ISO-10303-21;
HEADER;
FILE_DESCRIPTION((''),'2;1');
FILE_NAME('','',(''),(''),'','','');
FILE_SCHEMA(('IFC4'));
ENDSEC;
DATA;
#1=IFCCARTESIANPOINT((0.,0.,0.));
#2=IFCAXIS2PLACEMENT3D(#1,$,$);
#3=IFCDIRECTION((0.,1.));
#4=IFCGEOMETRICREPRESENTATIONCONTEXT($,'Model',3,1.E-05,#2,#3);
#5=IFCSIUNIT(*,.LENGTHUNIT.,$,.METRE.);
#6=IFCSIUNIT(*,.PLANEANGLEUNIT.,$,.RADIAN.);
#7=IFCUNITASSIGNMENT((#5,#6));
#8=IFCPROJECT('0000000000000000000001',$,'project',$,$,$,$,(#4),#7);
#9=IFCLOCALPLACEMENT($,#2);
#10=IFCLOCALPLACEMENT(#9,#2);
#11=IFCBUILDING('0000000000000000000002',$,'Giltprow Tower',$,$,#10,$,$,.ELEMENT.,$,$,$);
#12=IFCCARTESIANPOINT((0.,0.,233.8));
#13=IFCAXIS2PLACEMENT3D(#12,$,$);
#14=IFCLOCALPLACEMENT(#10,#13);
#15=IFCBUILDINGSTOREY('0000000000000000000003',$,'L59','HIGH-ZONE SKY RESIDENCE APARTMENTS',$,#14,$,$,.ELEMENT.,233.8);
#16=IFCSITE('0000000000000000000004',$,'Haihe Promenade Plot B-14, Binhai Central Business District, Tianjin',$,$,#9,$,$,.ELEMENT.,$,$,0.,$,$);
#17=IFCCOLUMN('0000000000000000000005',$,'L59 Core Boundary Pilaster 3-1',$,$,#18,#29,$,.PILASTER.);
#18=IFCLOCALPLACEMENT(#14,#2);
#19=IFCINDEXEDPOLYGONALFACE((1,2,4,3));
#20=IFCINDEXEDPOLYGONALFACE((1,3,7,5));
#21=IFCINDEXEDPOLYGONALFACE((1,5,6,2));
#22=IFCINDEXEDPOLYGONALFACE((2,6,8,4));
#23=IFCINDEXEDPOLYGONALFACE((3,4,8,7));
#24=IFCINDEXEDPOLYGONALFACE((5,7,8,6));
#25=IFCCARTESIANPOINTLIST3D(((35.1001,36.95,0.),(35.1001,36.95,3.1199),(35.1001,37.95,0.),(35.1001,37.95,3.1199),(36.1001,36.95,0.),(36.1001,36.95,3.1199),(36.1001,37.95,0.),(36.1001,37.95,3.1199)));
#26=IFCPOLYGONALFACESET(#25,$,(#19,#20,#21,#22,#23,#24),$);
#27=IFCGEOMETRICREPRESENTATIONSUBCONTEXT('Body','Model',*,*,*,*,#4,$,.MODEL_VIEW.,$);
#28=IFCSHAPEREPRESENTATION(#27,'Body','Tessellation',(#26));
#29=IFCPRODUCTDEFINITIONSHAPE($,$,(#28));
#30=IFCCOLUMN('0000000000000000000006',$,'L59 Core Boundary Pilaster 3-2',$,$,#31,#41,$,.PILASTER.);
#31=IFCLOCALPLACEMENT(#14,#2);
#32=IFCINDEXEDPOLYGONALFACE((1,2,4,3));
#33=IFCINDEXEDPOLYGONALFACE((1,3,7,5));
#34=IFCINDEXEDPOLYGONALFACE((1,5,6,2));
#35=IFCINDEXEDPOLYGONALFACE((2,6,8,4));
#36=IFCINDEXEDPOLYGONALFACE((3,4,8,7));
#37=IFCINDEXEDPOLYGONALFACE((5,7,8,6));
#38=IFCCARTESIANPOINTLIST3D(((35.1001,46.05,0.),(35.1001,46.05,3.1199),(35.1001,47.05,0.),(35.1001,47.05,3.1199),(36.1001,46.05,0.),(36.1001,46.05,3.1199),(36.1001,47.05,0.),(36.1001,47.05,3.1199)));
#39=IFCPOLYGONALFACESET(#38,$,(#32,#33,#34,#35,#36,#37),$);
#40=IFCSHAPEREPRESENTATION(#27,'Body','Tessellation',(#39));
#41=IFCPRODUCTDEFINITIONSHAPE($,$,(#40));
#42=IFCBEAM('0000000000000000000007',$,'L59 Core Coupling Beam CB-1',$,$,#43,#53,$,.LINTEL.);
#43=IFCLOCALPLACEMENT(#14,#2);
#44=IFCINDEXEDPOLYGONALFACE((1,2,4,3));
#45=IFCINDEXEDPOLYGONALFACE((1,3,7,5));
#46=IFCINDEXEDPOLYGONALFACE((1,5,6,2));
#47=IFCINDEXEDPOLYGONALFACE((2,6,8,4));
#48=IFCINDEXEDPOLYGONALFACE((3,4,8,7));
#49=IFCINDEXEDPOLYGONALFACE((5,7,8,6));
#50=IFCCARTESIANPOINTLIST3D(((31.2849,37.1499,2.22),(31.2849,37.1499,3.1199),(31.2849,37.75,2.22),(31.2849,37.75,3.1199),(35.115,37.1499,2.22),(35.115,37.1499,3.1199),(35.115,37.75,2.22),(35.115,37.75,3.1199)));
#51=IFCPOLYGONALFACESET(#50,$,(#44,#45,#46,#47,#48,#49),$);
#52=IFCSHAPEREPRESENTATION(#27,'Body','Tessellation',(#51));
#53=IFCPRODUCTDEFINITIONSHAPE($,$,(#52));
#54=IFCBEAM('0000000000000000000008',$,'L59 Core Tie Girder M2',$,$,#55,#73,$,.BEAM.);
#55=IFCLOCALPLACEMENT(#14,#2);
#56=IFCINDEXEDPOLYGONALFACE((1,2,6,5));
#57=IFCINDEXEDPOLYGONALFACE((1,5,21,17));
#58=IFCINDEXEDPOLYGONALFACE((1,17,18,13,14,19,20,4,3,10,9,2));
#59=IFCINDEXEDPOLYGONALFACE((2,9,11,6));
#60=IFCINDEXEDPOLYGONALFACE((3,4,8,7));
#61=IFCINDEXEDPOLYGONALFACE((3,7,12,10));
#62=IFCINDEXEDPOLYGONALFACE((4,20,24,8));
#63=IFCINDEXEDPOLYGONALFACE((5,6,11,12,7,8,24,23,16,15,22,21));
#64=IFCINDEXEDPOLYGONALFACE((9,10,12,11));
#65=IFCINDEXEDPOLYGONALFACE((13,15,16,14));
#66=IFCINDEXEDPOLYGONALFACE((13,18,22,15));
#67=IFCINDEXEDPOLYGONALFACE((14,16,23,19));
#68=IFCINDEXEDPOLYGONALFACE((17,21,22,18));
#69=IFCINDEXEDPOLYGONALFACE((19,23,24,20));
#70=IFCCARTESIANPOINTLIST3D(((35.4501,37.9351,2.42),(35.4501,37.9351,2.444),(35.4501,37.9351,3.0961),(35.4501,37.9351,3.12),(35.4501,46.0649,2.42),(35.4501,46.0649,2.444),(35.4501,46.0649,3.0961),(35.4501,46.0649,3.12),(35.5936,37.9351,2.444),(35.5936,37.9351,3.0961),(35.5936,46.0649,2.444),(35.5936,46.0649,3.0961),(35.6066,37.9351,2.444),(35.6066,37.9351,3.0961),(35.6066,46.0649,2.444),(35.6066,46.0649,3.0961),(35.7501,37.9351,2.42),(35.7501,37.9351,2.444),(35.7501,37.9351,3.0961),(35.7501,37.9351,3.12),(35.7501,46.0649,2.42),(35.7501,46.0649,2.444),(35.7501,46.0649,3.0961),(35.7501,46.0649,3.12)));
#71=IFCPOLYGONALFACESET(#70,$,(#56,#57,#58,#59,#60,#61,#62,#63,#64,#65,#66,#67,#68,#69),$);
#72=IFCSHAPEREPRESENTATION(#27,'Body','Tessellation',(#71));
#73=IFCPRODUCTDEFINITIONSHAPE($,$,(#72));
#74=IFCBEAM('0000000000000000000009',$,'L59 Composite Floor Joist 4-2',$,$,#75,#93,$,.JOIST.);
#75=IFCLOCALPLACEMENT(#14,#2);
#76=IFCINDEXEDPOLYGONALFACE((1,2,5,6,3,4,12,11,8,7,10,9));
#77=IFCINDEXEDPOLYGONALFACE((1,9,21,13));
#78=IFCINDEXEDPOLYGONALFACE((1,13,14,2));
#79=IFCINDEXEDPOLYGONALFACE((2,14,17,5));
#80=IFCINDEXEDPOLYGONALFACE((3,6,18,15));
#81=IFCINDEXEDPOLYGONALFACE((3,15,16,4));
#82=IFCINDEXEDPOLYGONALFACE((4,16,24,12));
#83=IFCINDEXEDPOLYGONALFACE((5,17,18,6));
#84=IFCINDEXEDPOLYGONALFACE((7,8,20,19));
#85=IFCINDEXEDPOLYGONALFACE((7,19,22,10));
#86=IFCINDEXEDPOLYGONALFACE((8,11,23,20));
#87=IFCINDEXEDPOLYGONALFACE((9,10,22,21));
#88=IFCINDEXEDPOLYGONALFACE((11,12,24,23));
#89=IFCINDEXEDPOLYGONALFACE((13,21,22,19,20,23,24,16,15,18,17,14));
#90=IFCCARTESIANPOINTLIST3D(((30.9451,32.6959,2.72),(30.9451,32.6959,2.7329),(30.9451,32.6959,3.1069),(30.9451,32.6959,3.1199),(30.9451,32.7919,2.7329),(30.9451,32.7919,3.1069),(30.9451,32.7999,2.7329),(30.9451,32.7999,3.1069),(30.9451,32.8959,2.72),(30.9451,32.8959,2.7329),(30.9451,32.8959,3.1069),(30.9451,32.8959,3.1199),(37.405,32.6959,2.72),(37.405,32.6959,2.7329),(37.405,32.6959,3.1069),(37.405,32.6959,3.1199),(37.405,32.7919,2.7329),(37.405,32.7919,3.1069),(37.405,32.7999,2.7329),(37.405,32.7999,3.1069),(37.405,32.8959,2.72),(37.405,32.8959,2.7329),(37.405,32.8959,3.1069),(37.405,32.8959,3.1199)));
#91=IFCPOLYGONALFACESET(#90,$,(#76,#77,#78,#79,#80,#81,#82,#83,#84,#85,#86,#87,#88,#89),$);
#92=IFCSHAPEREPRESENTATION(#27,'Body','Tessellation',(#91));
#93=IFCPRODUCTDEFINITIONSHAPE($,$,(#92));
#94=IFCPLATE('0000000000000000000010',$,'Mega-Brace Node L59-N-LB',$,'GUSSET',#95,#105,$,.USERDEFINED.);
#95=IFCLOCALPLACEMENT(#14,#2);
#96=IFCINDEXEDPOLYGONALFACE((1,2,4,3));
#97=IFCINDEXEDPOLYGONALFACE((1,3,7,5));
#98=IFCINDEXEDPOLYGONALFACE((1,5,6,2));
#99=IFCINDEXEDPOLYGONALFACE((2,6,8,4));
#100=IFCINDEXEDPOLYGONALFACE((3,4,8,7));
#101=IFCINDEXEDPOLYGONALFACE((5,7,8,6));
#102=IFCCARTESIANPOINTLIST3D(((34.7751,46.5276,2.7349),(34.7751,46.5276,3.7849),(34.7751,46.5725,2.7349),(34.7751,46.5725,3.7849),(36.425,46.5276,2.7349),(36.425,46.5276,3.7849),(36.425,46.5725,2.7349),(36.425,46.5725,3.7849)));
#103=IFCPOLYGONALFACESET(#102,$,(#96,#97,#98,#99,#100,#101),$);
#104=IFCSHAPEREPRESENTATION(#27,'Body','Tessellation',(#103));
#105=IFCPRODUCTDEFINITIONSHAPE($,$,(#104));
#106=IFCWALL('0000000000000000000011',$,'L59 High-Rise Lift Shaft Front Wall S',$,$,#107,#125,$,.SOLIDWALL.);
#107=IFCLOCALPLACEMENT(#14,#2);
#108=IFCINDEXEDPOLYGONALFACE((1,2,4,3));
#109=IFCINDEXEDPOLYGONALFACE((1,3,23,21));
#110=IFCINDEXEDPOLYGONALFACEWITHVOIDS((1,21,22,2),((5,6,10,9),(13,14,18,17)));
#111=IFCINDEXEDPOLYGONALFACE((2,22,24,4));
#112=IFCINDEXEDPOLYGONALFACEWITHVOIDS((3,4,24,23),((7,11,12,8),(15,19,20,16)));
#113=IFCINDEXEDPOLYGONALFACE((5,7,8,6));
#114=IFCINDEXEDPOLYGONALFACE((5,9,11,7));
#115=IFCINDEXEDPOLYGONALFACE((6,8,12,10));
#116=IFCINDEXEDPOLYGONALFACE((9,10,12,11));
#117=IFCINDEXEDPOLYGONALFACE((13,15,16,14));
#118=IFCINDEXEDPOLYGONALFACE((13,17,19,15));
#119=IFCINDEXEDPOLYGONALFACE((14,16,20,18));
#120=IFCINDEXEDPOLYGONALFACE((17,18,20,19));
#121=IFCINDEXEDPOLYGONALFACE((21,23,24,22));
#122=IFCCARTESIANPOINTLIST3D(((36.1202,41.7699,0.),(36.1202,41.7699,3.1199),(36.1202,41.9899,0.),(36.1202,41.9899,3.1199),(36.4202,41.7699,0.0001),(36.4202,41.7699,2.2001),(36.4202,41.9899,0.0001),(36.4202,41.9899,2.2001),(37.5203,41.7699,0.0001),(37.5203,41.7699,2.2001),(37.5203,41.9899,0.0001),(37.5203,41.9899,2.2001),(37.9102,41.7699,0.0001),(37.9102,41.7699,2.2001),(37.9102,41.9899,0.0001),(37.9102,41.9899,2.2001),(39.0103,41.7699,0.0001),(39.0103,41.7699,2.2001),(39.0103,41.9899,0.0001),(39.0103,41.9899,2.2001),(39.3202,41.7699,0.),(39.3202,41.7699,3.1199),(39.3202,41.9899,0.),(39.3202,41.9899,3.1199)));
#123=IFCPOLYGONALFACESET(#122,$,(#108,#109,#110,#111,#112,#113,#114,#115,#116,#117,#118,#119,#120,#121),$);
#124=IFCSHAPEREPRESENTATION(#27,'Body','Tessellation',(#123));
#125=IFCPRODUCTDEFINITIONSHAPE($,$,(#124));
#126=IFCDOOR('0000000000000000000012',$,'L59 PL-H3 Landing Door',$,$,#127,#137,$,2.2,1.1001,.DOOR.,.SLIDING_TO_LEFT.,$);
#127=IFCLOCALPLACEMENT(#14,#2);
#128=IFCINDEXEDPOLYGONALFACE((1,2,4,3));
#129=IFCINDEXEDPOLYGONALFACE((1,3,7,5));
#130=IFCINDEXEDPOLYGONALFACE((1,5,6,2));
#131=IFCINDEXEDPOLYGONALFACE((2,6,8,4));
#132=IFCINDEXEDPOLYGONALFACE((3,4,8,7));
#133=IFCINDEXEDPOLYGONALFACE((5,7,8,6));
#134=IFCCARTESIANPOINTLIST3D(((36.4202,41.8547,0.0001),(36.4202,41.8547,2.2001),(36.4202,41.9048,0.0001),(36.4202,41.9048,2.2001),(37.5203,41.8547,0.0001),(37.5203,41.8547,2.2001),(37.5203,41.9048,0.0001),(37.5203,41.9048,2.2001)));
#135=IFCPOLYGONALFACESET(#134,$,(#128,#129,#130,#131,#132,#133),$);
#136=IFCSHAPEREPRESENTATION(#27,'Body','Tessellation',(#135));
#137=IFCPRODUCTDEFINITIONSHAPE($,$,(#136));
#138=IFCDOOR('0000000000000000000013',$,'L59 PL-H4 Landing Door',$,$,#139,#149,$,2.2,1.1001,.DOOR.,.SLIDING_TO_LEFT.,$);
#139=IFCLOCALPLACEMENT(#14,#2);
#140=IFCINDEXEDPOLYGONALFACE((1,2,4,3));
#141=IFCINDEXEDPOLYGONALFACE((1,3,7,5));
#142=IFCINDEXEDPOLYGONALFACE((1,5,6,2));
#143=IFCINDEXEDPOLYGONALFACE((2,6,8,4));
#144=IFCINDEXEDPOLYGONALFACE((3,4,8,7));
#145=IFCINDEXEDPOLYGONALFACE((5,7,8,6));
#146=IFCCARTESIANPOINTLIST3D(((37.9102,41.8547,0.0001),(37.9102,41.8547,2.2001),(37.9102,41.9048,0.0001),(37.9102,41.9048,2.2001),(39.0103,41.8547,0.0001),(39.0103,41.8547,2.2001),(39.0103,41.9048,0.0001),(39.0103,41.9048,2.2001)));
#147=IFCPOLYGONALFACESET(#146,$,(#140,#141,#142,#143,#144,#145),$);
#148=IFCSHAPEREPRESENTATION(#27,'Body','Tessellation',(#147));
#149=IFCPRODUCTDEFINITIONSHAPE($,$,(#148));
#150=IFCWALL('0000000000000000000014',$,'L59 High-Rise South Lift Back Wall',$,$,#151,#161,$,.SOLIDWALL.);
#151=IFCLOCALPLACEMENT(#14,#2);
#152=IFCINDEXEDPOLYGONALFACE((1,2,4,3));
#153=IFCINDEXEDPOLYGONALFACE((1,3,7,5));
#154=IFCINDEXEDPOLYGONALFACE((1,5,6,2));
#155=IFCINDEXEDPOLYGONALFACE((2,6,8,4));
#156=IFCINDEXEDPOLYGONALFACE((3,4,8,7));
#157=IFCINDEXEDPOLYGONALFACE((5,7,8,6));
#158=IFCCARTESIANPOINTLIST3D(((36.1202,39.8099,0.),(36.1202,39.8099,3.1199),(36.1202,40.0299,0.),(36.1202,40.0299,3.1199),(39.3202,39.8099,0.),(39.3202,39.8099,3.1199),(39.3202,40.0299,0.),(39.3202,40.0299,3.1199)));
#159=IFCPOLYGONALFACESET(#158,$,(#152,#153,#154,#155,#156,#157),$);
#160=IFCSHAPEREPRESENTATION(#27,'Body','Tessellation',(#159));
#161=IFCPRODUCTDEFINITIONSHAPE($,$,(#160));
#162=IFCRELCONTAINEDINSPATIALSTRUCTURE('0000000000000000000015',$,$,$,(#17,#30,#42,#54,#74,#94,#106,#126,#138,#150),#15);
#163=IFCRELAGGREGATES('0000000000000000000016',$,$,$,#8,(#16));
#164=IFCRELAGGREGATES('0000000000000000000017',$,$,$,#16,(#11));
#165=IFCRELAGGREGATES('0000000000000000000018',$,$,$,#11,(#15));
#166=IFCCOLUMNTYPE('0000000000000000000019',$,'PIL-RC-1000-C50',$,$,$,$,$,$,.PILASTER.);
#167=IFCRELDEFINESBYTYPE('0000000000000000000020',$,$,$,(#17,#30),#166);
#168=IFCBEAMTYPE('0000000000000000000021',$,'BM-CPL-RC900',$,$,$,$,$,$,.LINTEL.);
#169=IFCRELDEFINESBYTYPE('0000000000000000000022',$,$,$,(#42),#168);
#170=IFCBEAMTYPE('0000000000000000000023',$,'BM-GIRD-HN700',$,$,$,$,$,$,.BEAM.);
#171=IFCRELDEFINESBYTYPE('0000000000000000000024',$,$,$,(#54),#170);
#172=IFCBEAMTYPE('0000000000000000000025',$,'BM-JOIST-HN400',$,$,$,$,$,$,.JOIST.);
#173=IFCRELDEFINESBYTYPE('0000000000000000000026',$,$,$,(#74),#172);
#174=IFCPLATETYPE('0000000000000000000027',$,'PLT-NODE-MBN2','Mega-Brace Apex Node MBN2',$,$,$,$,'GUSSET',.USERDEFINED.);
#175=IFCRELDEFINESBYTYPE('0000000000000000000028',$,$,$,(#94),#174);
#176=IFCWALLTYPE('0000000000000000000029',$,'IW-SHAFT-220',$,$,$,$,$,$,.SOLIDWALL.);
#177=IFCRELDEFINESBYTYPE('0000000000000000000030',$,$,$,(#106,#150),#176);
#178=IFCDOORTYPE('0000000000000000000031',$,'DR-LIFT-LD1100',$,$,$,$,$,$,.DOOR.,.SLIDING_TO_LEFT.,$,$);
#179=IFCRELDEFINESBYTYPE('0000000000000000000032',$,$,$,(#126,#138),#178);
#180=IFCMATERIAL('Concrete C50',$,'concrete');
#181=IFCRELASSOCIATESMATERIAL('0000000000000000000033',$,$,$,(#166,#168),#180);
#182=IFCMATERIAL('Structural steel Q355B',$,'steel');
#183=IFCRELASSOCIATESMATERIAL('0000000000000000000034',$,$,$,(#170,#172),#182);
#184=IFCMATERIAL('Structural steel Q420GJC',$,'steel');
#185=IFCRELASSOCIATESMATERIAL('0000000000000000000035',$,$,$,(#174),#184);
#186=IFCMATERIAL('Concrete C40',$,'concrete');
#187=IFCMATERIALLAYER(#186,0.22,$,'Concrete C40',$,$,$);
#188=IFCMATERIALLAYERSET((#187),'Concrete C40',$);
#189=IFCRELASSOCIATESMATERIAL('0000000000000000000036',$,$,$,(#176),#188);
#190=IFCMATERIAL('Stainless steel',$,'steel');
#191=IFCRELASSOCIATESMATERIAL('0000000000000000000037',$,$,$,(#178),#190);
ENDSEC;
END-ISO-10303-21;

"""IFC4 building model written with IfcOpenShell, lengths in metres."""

from ifc_helpers import new_model, si_unit, direction, frame, frame_2d, origin, origin_2d, place, context, subcontext, project, spatial, rectangle, i_section, extrude, source, transform, mapped, material, layer, layer_set, material_profile, profile_set, type_object, element, fill, save


model = new_model("IFC4")

# Units and contexts
model_context = context("Model", 3, precision=1e-05, world=origin(), true_north=direction((0.0, 1.0)))
body_context = subcontext(model_context, "Body", "Model", "MODEL_VIEW")
ifc_project = project(units=[si_unit("LENGTHUNIT", "METRE"), si_unit("PLANEANGLEUNIT", "RADIAN")], contexts=[model_context])

# Site, building, storey
site_placement = place(None, origin())
site = spatial("IfcSite", under=ifc_project, at=site_placement, Name="Haihe Promenade Plot B-14, Binhai Central Business District, Tianjin", CompositionType="ELEMENT", RefElevation=0.0)
building_placement = place(site_placement, origin())
building = spatial("IfcBuilding", under=site, at=building_placement, Name="Giltprow Tower", CompositionType="ELEMENT")
storey_placement = place(building_placement, frame((0.0, 0.0, 233.8)))
storey = spatial("IfcBuildingStorey", under=building, at=storey_placement, Name="L59", Description="HIGH-ZONE SKY RESIDENCE APARTMENTS", CompositionType="ELEMENT", Elevation=233.8)

# Columns
ifc_material_1 = material(Name="Concrete C50", Category="concrete")
ifc_material_profile_1 = material_profile(ifc_material_1, rectangle(XDim=1.0, YDim=1.0, at=origin_2d()), Name="RC 1000x1000")
ifc_profile_set_1 = profile_set([ifc_material_profile_1], Name="Concrete C50")
column_type = type_object("IfcColumnType", Name="PIL-RC-1000-C50", PredefinedType="PILASTER", material=ifc_profile_set_1)
shared_shape_1 = source(origin(), body_context, "Body", "SweptSolid", [
    extrude(rectangle(XDim=1.0, YDim=1.0, at=origin_2d()), origin(), (0.0, 0.0, 1.0), 3.1199),
])
for number, where, z_axis, x_axis, name in (
    (1, (35.6001, 37.45, 0.0), (0.0, 0.0, 1.0), (1.0, 0.0, 0.0), "L59 Core Boundary Pilaster 3-1"),
    (2, (35.6001, 46.55, 0.0), (0.0, 0.0, 1.0), (1.0, 0.0, 0.0), "L59 Core Boundary Pilaster 3-2"),
):
    element("IfcColumn", number, at=place(storey_placement, frame(where, z_axis=z_axis, x_axis=x_axis)), inside=storey, type_object=column_type, Name=name, PredefinedType="PILASTER", context=body_context, shape_type="MappedRepresentation", body=[
        mapped(shared_shape_1, transform((0.0, 0.0, 0.0), x_axis=(1.0, 0.0, 0.0), y_axis=(0.0, 1.0, 0.0), z_axis=(0.0, 0.0, 1.0), scale=1.0)),
    ])

# Beams
ifc_material_profile_2 = material_profile(ifc_material_1, rectangle(XDim=0.6001, YDim=0.8999, at=origin_2d()), Name="RC 900x600")
ifc_profile_set_2 = profile_set([ifc_material_profile_2], Name="Concrete C50")
beam_type_1 = type_object("IfcBeamType", Name="BM-CPL-RC900", PredefinedType="LINTEL", material=ifc_profile_set_2)
shared_shape_2 = source(origin(), body_context, "Body", "SweptSolid", [
    extrude(rectangle(XDim=0.6001, YDim=0.8999, at=origin_2d()), origin(), (0.0, 0.0, 1.0), 3.8301),
])
beam_1_placement = place(storey_placement, frame((31.2849, 37.45, 2.6699), z_axis=(1.0, 0.0, 0.0), x_axis=(0.0, 1.0, 0.0)))
element("IfcBeam", 3, at=beam_1_placement, inside=storey, type_object=beam_type_1, Name="L59 Core Coupling Beam CB-1", PredefinedType="LINTEL", context=body_context, shape_type="MappedRepresentation", body=[
    mapped(shared_shape_2, transform((0.0, 0.0, 0.0), x_axis=(1.0, 0.0, 0.0), y_axis=(0.0, 1.0, 0.0), z_axis=(0.0, 0.0, 1.0), scale=1.0)),
])
ifc_material_2 = material(Name="Structural steel Q355B", Category="steel")
ifc_material_profile_3 = material_profile(ifc_material_2, i_section(OverallWidth=0.3, OverallDepth=0.7, WebThickness=0.0129, FlangeThickness=0.0239, at=origin_2d()), Name="HN 700x300x13x24")
ifc_profile_set_3 = profile_set([ifc_material_profile_3], Name="Structural steel Q355B")
beam_type_2 = type_object("IfcBeamType", Name="BM-GIRD-HN700", PredefinedType="BEAM", material=ifc_profile_set_3)
shared_shape_3 = source(origin(), body_context, "Body", "SweptSolid", [
    extrude(i_section(OverallWidth=0.3, OverallDepth=0.7, WebThickness=0.0129, FlangeThickness=0.0239, at=origin_2d()), origin(), (0.0, 0.0, 1.0), 8.1299),
])
beam_2_placement = place(storey_placement, frame((35.6001, 37.9351, 2.77), z_axis=(0.0, 1.0, 0.0), x_axis=(-1.0, 0.0, 0.0)))
element("IfcBeam", 4, at=beam_2_placement, inside=storey, type_object=beam_type_2, Name="L59 Core Tie Girder M2", PredefinedType="BEAM", context=body_context, shape_type="MappedRepresentation", body=[
    mapped(shared_shape_3, transform((0.0, 0.0, 0.0), x_axis=(1.0, 0.0, 0.0), y_axis=(0.0, 1.0, 0.0), z_axis=(0.0, 0.0, 1.0), scale=1.0)),
])
ifc_material_profile_4 = material_profile(ifc_material_2, i_section(OverallWidth=0.2, OverallDepth=0.3999, WebThickness=0.0081, FlangeThickness=0.0129, at=origin_2d()), Name="HN 400x200x8x13")
ifc_profile_set_4 = profile_set([ifc_material_profile_4], Name="Structural steel Q355B")
beam_type_3 = type_object("IfcBeamType", Name="BM-JOIST-HN400", PredefinedType="JOIST", material=ifc_profile_set_4)
shared_shape_4 = source(origin(), body_context, "Body", "SweptSolid", [
    extrude(i_section(OverallWidth=0.2, OverallDepth=0.3999, WebThickness=0.0081, FlangeThickness=0.0129, at=origin_2d()), origin(), (0.0, 0.0, 1.0), 6.46),
])
beam_3_placement = place(storey_placement, frame((30.9451, 32.7959, 2.9199), z_axis=(1.0, 0.0, 0.0), x_axis=(0.0, 1.0, 0.0)))
element("IfcBeam", 5, at=beam_3_placement, inside=storey, type_object=beam_type_3, Name="L59 Composite Floor Joist 4-2", PredefinedType="JOIST", context=body_context, shape_type="MappedRepresentation", body=[
    mapped(shared_shape_4, transform((0.0, 0.0, 0.0), x_axis=(1.0, 0.0, 0.0), y_axis=(0.0, 1.0, 0.0), z_axis=(0.0, 0.0, 1.0), scale=1.0)),
])

# Plate
ifc_material_3 = material(Name="Structural steel Q420GJC", Category="steel")
plate_type = type_object("IfcPlateType", Name="PLT-NODE-MBN2", Description="Mega-Brace Apex Node MBN2", ElementType="GUSSET", PredefinedType="USERDEFINED", material=ifc_material_3)
shared_shape_5 = source(origin(), body_context, "Body", "SweptSolid", [
    extrude(rectangle(XDim=1.6499, YDim=0.0449, at=origin_2d()), origin(), (0.0, 0.0, 1.0), 1.05),
])
plate_placement = place(storey_placement, frame((35.6001, 46.55, 2.7349), z_axis=(0.0, 0.0, 1.0), x_axis=(1.0, 0.0, 0.0)))
element("IfcPlate", 6, at=plate_placement, inside=storey, type_object=plate_type, Name="Mega-Brace Node L59-N-LB", ObjectType="GUSSET", PredefinedType="USERDEFINED", context=body_context, shape_type="MappedRepresentation", body=[
    mapped(shared_shape_5, transform((0.0, 0.0, 0.0), x_axis=(1.0, 0.0, 0.0), y_axis=(0.0, 1.0, 0.0), z_axis=(0.0, 0.0, 1.0), scale=1.0)),
])

# Wall, openings, doors
ifc_material_4 = material(Name="Concrete C40", Category="concrete")
ifc_layer_1 = layer(ifc_material_4, 0.22, Name="Concrete C40")
ifc_layer_set_1 = layer_set([ifc_layer_1], Name="Concrete C40")
wall_type_1 = type_object("IfcWallType", Name="IW-SHAFT-220", PredefinedType="SOLIDWALL", material=ifc_layer_set_1)
wall_1_placement = place(storey_placement, frame((36.1201, 41.8799, 0.0), z_axis=(0.0, 0.0, 1.0), x_axis=(1.0, 0.0, 0.0)))
wall_1 = element("IfcWall", 7, at=wall_1_placement, inside=storey, type_object=wall_type_1, Name="L59 High-Rise Lift Shaft Front Wall S", PredefinedType="SOLIDWALL", context=body_context, shape_type="SweptSolid", body=[
    extrude(rectangle(XDim=3.2, YDim=0.22, at=frame_2d((1.6001, 0.0))), origin(), (0.0, 0.0, 1.0), 3.1199),
])
opening_1_placement = place(wall_1_placement, frame((0.3, 0.0, 0.0)))
opening_1 = element("IfcOpeningElement", 8, at=opening_1_placement, cuts=wall_1, PredefinedType="OPENING", context=body_context, shape_type="SweptSolid", body=[
    extrude(rectangle(XDim=1.1001, YDim=2.2, at=frame_2d((0.55, 1.1001))), frame((0.0, 0.1199, 0.0), z_axis=(0.0, -1.0, 0.0), x_axis=(1.0, 0.0, 0.0)), (0.0, 0.0, 1.0), 0.24),
])
opening_2_placement = place(wall_1_placement, frame((1.79, 0.0, 0.0)))
opening_2 = element("IfcOpeningElement", 9, at=opening_2_placement, cuts=wall_1, PredefinedType="OPENING", context=body_context, shape_type="SweptSolid", body=[
    extrude(rectangle(XDim=1.1001, YDim=2.2, at=frame_2d((0.55, 1.1001))), frame((0.0, 0.1199, 0.0), z_axis=(0.0, -1.0, 0.0), x_axis=(1.0, 0.0, 0.0)), (0.0, 0.0, 1.0), 0.24),
])
ifc_material_5 = material(Name="Stainless steel", Category="steel")
door_type_1 = type_object("IfcDoorType", Name="DR-LIFT-LD1100", OperationType="SLIDING_TO_LEFT", PredefinedType="DOOR", material=ifc_material_5)
shared_shape_6 = source(origin(), body_context, "Body", "SweptSolid", [
    extrude(rectangle(XDim=1.1001, YDim=2.2, at=frame_2d((0.55, 1.1001))), frame((0.0, 0.0249, 0.0), z_axis=(0.0, -1.0, 0.0), x_axis=(1.0, 0.0, 0.0)), (0.0, 0.0, 1.0), 0.05),
])
door_1_placement = place(opening_1_placement, origin())
door_1 = element("IfcDoor", 10, at=door_1_placement, inside=storey, type_object=door_type_1, Name="L59 PL-H3 Landing Door", OperationType="SLIDING_TO_LEFT", OverallHeight=2.2, OverallWidth=1.1001, PredefinedType="DOOR", context=body_context, shape_type="MappedRepresentation", body=[
    mapped(shared_shape_6, transform((0.0, 0.0, 0.0), x_axis=(1.0, 0.0, 0.0), y_axis=(0.0, 1.0, 0.0), z_axis=(0.0, 0.0, 1.0), scale=1.0)),
])
fill(opening_1, door_1)
door_2_placement = place(opening_2_placement, origin())
door_2 = element("IfcDoor", 11, at=door_2_placement, inside=storey, type_object=door_type_1, Name="L59 PL-H4 Landing Door", OperationType="SLIDING_TO_LEFT", OverallHeight=2.2, OverallWidth=1.1001, PredefinedType="DOOR", context=body_context, shape_type="MappedRepresentation", body=[
    mapped(shared_shape_6, transform((0.0, 0.0, 0.0), x_axis=(1.0, 0.0, 0.0), y_axis=(0.0, 1.0, 0.0), z_axis=(0.0, 0.0, 1.0), scale=1.0)),
])
fill(opening_2, door_2)

# Wall
wall_2_placement = place(storey_placement, frame((36.1201, 39.9199, 0.0), z_axis=(0.0, 0.0, 1.0), x_axis=(1.0, 0.0, 0.0)))
element("IfcWall", 12, at=wall_2_placement, inside=storey, type_object=wall_type_1, Name="L59 High-Rise South Lift Back Wall", PredefinedType="SOLIDWALL", context=body_context, shape_type="SweptSolid", body=[
    extrude(rectangle(XDim=3.2, YDim=0.22, at=frame_2d((1.6001, 0.0))), origin(), (0.0, 0.0, 1.0), 3.1199),
])

save(model, "model.ifc")
